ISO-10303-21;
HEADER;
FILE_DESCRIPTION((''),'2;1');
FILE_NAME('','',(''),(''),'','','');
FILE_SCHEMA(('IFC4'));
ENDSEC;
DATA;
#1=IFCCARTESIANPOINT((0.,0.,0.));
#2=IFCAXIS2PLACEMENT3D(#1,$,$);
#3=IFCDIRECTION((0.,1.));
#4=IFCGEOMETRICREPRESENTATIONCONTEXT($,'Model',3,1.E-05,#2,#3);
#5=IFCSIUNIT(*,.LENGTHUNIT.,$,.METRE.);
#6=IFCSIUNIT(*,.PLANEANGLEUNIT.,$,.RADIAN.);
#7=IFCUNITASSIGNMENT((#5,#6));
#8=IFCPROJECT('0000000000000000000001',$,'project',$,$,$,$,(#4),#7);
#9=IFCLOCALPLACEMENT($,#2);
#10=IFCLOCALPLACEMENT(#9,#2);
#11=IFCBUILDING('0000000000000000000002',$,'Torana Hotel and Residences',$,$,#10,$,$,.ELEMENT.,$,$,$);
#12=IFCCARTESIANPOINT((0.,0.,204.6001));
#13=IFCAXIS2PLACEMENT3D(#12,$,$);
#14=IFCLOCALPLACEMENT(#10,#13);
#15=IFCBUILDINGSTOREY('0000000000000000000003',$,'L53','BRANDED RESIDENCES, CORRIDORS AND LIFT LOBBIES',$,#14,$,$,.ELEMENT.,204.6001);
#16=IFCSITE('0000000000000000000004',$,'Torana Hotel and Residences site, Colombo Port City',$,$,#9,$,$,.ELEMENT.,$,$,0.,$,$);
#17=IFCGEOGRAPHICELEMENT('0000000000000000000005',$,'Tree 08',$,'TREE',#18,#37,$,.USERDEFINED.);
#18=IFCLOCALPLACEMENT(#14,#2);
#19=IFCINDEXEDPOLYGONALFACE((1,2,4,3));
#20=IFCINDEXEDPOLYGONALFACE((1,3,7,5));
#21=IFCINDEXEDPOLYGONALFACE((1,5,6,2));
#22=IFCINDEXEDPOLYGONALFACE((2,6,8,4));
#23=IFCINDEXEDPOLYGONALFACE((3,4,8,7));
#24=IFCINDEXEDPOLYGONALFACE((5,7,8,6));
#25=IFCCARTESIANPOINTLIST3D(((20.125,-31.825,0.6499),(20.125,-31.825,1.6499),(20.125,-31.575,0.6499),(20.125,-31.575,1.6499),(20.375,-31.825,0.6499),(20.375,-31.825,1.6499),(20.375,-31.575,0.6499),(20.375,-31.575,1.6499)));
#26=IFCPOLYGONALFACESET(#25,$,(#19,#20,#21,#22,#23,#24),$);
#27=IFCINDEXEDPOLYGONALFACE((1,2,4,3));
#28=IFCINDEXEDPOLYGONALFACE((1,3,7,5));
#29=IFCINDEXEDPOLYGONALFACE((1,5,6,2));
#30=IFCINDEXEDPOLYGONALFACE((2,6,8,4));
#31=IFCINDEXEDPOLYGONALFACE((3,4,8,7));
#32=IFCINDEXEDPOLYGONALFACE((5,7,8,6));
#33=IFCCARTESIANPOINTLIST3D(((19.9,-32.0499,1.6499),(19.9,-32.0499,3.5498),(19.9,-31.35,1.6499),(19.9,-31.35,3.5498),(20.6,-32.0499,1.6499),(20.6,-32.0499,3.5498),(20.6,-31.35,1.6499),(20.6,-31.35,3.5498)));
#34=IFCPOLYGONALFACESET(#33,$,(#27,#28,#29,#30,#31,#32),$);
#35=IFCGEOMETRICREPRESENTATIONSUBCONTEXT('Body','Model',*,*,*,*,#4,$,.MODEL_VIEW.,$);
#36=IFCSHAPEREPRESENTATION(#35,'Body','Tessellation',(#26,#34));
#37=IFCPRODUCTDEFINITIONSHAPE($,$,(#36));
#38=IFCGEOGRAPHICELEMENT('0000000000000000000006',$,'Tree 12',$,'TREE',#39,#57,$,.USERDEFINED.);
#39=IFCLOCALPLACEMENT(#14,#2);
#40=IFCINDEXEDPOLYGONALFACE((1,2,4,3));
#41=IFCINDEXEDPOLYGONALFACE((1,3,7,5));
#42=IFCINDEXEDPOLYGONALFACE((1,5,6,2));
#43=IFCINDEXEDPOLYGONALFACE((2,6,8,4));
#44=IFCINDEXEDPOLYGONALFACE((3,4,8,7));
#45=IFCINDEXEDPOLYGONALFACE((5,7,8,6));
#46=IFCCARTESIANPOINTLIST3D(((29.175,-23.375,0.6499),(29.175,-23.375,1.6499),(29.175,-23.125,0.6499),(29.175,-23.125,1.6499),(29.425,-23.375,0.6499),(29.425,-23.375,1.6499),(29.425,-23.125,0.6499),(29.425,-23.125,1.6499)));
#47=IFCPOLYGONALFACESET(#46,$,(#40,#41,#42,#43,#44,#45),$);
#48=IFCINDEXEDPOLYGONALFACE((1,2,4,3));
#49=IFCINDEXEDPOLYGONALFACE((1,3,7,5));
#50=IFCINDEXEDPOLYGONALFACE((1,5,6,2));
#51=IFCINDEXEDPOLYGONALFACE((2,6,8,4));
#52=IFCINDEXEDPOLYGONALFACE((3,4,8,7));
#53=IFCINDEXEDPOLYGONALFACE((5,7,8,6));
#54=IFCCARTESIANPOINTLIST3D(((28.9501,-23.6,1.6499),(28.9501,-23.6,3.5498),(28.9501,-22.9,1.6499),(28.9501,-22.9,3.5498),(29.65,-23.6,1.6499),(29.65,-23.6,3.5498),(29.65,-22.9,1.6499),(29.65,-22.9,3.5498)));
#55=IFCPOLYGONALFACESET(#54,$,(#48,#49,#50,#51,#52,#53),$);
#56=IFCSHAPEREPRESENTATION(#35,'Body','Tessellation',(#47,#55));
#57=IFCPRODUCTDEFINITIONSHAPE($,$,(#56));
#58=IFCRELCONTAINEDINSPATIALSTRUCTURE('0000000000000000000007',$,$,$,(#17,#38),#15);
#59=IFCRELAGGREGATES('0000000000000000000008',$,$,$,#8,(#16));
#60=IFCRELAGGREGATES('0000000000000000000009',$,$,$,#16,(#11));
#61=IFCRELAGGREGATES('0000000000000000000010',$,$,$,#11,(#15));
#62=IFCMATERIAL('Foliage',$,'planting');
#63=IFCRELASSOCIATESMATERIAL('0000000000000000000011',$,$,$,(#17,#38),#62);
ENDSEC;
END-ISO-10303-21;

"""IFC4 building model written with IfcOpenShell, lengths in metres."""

from ifc_helpers import new_model, si_unit, direction, frame, origin, origin_2d, place, context, subcontext, project, spatial, rectangle, extrude, material, element, save


model = new_model("IFC4")

# Units and contexts
model_context = context("Model", 3, precision=1e-05, world=origin(), true_north=direction((0.0, 1.0)))
body_context = subcontext(model_context, "Body", "Model", "MODEL_VIEW")
ifc_project = project(units=[si_unit("LENGTHUNIT", "METRE"), si_unit("PLANEANGLEUNIT", "RADIAN")], contexts=[model_context])

# Site, building, storey
site_placement = place(None, origin())
site = spatial("IfcSite", under=ifc_project, at=site_placement, Name="Torana Hotel and Residences site, Colombo Port City", CompositionType="ELEMENT", RefElevation=0.0)
building_placement = place(site_placement, origin())
building = spatial("IfcBuilding", under=site, at=building_placement, Name="Torana Hotel and Residences", CompositionType="ELEMENT")
storey_placement = place(building_placement, frame((0.0, 0.0, 204.6001)))
storey = spatial("IfcBuildingStorey", under=building, at=storey_placement, Name="L53", Description="BRANDED RESIDENCES, CORRIDORS AND LIFT LOBBIES", CompositionType="ELEMENT", Elevation=204.6001)

# Geographic elements
ifc_material_1 = material(Name="Foliage", Category="planting")
for number, where, z_axis, x_axis, name in (
    (1, (20.25, -31.7, 0.6499), (0.0, 0.0, 1.0), (1.0, 0.0, 0.0), "Tree 08"),
    (2, (29.3, -23.25, 0.6499), (0.0, 0.0, 1.0), (1.0, 0.0, 0.0), "Tree 12"),
):
    element("IfcGeographicElement", number, at=place(storey_placement, frame(where, z_axis=z_axis, x_axis=x_axis)), inside=storey, material=ifc_material_1, Name=name, ObjectType="TREE", PredefinedType="USERDEFINED", context=body_context, shape_type="SweptSolid", body=[
        extrude(rectangle(XDim=0.25, YDim=0.25, at=origin_2d()), origin(), (0.0, 0.0, 1.0), 1.0),
        extrude(rectangle(XDim=0.7, YDim=0.7, at=origin_2d()), frame((0.0, 0.0, 1.0)), (0.0, 0.0, 1.0), 1.8999),
    ])

save(model, "model.ifc")
